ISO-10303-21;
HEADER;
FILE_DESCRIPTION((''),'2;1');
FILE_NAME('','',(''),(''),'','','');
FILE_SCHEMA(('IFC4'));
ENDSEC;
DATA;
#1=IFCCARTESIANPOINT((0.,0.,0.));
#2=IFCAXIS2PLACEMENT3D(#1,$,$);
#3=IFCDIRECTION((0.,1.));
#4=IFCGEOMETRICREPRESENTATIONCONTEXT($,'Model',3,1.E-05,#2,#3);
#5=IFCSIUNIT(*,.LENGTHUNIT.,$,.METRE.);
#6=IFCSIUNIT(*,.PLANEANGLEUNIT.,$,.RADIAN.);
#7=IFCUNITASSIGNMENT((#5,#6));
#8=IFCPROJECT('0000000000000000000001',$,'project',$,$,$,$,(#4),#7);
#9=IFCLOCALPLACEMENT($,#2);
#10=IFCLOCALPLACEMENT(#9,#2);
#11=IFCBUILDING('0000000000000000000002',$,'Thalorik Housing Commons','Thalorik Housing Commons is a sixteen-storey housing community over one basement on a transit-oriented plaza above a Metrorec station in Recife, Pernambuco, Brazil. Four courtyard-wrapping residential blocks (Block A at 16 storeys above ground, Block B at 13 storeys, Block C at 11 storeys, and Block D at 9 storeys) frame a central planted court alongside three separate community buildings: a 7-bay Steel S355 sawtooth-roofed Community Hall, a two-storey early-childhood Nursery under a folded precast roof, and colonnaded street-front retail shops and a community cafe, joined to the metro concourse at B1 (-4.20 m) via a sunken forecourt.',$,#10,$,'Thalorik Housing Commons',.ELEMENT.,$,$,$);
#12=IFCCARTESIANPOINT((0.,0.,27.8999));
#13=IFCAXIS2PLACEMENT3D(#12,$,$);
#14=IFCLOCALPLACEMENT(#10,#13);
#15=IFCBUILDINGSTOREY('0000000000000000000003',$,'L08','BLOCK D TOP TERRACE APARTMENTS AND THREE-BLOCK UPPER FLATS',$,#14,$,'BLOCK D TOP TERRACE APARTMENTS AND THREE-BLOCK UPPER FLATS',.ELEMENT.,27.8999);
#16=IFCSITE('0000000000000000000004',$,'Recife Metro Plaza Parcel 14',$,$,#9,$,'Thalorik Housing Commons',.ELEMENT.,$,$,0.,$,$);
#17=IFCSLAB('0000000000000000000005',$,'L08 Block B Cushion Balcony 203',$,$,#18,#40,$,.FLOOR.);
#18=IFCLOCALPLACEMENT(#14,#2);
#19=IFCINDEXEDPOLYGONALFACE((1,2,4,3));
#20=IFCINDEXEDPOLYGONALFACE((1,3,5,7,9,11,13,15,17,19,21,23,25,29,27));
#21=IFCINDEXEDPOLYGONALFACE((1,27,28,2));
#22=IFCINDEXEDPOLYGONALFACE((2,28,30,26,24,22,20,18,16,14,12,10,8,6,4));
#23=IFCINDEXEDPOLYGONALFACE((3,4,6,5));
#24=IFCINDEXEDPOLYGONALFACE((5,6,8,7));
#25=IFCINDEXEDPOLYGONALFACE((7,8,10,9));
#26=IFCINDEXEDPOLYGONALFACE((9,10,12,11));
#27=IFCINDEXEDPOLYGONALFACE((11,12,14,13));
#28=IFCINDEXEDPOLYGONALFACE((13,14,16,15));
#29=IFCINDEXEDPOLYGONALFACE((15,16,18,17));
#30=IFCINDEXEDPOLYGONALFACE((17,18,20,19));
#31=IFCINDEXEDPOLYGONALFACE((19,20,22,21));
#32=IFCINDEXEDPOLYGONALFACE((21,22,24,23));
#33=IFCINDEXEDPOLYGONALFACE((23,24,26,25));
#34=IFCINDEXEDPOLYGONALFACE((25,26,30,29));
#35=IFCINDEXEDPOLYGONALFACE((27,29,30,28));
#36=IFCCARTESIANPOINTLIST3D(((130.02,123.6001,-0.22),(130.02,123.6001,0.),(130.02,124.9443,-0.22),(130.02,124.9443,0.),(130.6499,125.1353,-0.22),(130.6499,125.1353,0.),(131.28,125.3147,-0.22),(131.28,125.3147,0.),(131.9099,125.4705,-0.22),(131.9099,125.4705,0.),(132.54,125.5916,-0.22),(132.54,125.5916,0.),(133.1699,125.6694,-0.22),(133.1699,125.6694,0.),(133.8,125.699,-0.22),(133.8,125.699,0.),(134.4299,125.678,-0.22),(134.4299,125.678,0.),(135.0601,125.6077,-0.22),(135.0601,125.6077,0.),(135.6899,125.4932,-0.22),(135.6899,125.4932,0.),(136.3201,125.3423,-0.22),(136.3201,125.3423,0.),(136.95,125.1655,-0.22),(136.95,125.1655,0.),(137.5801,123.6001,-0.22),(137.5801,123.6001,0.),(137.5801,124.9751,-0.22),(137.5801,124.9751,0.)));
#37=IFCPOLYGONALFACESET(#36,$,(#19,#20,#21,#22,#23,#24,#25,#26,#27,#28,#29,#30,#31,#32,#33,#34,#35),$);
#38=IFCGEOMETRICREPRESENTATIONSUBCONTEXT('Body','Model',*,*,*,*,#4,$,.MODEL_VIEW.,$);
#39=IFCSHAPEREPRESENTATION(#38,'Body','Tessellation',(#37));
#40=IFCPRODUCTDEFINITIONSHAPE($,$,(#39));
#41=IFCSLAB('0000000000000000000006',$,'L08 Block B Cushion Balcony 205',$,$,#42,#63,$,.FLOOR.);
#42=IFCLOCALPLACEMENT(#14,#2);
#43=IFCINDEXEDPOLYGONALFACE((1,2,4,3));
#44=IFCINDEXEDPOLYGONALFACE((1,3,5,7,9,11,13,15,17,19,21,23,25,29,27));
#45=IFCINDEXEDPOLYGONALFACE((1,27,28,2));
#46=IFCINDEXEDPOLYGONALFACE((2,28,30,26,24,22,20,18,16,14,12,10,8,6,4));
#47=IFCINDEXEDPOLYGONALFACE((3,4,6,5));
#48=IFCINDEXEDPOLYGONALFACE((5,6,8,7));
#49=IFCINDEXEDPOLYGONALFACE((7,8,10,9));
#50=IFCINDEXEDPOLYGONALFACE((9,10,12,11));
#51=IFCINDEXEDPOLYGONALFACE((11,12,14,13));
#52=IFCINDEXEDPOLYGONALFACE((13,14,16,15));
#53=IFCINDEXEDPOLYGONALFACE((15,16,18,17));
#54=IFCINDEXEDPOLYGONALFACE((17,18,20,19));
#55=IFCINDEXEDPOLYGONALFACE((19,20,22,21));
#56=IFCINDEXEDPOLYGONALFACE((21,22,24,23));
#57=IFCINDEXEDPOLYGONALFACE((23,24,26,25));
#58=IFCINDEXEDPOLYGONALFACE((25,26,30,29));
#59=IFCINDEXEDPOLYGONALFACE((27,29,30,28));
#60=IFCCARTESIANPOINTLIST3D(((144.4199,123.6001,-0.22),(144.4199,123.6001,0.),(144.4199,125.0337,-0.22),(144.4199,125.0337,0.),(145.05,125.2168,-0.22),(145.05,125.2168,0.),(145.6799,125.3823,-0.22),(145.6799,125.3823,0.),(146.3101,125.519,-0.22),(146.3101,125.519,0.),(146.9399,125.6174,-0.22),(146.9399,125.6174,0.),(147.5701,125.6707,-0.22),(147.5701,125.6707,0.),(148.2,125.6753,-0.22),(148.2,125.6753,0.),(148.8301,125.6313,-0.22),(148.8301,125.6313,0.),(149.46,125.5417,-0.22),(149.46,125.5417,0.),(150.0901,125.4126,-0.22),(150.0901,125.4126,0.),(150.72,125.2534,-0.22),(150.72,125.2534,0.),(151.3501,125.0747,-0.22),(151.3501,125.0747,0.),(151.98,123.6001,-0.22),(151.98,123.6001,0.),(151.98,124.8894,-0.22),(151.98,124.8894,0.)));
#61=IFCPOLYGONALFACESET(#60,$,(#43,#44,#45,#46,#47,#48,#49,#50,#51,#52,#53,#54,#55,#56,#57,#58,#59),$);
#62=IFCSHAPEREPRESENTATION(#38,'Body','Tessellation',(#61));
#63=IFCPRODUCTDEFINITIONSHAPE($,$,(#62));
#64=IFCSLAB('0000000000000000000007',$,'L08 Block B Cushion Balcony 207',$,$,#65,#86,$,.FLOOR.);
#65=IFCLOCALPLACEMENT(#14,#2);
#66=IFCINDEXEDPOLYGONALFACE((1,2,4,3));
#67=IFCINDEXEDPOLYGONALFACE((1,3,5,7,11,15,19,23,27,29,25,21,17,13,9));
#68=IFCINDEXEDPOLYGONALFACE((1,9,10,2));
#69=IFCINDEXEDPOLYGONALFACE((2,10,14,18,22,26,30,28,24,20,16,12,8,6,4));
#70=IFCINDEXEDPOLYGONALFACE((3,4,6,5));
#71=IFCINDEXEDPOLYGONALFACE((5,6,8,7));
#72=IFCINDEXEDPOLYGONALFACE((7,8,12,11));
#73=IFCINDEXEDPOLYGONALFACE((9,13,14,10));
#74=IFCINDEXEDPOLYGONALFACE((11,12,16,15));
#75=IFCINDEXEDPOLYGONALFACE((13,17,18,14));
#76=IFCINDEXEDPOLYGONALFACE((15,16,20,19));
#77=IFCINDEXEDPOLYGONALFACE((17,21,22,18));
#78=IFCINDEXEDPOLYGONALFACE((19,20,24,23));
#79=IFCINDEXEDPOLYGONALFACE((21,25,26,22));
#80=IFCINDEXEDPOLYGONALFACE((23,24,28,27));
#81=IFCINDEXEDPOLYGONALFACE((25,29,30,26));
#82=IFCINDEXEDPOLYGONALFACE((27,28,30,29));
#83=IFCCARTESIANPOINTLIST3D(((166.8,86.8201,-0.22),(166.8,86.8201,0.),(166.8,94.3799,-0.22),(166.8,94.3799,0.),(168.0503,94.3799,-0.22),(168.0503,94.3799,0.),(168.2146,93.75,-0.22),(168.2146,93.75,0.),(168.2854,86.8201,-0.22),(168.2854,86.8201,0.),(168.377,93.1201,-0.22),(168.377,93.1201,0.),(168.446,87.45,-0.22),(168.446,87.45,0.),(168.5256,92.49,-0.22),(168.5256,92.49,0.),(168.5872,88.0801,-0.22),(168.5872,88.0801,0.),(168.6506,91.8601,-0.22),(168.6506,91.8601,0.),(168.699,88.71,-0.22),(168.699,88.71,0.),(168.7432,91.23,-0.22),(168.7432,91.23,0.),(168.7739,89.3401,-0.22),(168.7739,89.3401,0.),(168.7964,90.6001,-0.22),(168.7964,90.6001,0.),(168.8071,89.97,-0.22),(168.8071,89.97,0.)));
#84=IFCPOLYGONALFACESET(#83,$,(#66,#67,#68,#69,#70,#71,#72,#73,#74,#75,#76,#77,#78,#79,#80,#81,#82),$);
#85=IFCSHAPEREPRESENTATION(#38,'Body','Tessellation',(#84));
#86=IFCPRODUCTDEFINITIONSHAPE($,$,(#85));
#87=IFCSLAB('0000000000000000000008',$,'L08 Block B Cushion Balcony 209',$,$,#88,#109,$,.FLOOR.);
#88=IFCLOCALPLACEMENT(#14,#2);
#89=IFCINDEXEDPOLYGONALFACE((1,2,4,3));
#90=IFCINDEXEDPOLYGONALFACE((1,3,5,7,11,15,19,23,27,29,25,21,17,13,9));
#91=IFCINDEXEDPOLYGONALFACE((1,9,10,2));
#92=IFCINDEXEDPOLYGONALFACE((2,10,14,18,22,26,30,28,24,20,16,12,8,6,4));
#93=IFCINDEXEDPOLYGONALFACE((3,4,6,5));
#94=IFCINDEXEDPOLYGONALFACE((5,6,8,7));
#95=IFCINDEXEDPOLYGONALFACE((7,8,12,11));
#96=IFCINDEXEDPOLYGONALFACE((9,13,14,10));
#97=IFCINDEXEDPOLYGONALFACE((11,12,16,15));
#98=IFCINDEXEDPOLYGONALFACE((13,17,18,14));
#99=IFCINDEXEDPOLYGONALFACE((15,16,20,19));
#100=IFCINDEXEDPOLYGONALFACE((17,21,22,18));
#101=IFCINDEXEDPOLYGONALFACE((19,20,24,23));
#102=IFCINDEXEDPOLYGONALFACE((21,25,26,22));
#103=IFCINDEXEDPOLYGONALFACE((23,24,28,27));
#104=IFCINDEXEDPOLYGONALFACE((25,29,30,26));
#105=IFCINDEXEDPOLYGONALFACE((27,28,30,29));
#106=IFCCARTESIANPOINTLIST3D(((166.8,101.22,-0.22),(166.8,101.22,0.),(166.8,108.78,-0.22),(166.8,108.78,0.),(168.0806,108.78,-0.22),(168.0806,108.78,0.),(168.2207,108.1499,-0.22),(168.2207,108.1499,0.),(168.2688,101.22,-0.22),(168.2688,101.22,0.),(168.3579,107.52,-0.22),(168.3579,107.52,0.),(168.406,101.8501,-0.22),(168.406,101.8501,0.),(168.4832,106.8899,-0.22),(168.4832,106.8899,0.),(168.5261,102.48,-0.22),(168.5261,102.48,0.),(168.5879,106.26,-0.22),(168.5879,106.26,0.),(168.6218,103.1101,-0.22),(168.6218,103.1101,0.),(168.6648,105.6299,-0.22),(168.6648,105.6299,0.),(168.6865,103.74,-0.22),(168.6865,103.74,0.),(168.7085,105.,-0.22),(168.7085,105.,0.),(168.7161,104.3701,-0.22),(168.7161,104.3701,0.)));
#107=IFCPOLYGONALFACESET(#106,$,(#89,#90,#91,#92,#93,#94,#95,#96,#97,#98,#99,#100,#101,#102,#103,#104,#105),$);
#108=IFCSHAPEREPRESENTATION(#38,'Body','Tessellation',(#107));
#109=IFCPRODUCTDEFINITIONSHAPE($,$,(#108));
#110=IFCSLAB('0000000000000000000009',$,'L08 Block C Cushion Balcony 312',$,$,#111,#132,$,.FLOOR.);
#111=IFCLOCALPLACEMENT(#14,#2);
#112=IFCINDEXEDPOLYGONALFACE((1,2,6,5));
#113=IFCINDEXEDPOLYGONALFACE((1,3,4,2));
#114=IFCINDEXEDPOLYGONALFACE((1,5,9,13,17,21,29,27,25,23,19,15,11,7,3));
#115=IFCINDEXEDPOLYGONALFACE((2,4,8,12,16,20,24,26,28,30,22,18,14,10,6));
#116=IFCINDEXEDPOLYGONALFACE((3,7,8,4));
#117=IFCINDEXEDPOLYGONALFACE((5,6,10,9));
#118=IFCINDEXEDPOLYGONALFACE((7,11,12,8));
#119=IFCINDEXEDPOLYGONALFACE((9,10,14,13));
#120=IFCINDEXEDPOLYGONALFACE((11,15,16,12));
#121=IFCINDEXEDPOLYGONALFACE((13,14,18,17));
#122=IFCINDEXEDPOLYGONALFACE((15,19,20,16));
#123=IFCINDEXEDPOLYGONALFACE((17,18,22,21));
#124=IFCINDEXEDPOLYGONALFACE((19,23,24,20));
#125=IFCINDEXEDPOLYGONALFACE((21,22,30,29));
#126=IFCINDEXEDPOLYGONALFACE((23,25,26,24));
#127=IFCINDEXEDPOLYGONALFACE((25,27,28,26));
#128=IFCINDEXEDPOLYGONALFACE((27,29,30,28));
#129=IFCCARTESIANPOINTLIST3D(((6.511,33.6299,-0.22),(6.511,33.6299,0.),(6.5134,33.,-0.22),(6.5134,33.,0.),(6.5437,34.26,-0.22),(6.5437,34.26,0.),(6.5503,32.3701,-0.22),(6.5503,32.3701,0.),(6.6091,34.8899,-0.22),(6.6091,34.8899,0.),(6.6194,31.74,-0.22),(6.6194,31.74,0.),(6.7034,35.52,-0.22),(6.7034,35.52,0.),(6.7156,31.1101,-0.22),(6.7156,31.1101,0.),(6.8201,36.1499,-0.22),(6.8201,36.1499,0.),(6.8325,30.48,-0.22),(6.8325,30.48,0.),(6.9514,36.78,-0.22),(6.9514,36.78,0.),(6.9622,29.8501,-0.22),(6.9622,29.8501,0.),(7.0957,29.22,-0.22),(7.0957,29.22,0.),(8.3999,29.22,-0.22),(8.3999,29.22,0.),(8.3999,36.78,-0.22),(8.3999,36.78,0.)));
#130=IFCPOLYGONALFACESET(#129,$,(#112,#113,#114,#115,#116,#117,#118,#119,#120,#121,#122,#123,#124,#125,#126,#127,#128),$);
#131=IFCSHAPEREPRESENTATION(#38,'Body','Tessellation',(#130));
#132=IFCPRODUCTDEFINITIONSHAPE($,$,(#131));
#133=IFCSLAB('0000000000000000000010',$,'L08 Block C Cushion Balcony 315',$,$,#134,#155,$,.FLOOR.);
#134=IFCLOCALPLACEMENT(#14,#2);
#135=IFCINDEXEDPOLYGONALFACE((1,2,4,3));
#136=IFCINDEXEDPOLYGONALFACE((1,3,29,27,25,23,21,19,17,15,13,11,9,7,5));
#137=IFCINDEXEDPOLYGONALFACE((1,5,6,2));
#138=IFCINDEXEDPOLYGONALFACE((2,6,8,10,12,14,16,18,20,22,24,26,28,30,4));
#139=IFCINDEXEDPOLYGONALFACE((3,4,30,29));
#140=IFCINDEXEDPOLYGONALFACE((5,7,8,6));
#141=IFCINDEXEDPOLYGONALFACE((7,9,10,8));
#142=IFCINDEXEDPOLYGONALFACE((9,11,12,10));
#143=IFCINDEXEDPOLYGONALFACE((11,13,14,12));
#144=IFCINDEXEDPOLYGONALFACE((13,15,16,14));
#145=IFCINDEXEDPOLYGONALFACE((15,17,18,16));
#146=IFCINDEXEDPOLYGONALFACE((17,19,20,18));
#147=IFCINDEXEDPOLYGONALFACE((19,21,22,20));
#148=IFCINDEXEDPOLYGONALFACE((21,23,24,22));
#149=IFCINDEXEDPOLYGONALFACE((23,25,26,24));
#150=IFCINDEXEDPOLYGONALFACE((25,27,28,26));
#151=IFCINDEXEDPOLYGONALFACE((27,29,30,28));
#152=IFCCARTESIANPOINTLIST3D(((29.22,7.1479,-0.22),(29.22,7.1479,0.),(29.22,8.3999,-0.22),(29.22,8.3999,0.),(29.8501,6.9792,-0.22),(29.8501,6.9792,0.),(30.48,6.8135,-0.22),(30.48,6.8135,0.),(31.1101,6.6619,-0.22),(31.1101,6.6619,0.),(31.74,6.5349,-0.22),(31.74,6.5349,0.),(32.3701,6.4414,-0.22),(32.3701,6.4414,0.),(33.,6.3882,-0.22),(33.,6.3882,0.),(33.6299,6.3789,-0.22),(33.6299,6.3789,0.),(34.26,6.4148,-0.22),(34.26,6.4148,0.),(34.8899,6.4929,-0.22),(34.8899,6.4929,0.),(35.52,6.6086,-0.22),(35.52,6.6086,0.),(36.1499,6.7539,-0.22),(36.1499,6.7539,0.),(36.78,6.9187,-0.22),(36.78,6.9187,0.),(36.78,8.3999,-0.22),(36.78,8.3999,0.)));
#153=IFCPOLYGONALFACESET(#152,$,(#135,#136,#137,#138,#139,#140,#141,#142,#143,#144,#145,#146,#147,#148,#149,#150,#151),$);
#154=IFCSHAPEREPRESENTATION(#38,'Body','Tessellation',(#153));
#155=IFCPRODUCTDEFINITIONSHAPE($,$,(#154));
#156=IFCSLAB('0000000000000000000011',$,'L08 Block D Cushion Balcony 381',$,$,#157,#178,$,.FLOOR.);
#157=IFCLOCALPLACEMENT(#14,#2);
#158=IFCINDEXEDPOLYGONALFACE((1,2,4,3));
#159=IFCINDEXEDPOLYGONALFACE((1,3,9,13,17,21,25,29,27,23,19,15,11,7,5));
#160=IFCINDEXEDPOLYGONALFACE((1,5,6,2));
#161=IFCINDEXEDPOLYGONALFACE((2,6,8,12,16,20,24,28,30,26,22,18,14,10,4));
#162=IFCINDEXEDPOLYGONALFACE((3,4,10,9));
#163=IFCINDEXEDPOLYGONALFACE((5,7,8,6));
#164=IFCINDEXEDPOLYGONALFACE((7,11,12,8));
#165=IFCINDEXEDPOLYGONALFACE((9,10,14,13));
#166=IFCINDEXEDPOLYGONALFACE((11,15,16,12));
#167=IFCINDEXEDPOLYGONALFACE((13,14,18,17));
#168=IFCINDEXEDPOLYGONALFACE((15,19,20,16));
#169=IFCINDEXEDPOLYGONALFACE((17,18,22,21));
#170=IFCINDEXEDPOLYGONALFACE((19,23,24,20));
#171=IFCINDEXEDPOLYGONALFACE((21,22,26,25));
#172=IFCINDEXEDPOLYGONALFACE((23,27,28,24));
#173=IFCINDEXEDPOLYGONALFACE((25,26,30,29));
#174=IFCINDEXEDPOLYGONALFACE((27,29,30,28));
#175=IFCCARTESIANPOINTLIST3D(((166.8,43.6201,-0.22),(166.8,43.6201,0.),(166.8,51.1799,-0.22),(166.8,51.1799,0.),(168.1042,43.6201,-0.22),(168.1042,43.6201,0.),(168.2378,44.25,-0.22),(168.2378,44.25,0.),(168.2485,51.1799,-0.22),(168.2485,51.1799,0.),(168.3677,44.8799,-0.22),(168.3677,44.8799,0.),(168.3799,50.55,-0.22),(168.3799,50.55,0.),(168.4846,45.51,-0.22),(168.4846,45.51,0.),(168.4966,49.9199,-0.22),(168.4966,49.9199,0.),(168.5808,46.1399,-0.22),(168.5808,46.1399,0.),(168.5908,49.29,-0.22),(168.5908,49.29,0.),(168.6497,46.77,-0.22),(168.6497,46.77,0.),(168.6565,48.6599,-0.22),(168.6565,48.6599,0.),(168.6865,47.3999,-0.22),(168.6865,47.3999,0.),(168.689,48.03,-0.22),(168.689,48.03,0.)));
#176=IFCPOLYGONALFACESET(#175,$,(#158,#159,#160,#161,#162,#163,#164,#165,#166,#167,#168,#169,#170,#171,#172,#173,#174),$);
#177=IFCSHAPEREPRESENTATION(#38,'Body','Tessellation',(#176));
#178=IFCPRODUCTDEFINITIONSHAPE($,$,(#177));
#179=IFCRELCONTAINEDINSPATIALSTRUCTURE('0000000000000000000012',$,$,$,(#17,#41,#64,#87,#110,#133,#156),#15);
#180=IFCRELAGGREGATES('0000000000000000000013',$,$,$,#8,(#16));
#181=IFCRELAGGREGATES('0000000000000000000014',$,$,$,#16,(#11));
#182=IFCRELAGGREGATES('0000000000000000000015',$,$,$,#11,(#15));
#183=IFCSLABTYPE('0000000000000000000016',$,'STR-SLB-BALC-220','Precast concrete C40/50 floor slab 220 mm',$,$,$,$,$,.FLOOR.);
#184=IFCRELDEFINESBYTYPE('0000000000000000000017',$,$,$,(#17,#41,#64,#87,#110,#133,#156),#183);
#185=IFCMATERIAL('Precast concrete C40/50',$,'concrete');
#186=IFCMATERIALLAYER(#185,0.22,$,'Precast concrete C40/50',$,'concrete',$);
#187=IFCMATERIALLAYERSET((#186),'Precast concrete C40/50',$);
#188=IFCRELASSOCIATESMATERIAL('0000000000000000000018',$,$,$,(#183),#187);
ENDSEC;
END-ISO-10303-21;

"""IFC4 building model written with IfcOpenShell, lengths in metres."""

from ifc_helpers import new_model, si_unit, direction, frame, origin, place, context, subcontext, project, spatial, polyline, outline, extrude, material, layer, layer_set, type_object, element, save


model = new_model("IFC4")

# Units and contexts
model_context = context("Model", 3, precision=1e-05, world=origin(), true_north=direction((0.0, 1.0)))
body_context = subcontext(model_context, "Body", "Model", "MODEL_VIEW")
ifc_project = project(units=[si_unit("LENGTHUNIT", "METRE"), si_unit("PLANEANGLEUNIT", "RADIAN")], contexts=[model_context])

# Site, building, storey
site_placement = place(None, origin())
site = spatial("IfcSite", under=ifc_project, at=site_placement, Name="Recife Metro Plaza Parcel 14", LongName="Thalorik Housing Commons", CompositionType="ELEMENT", RefElevation=0.0)
building_placement = place(site_placement, origin())
building = spatial("IfcBuilding", under=site, at=building_placement, Name="Thalorik Housing Commons", Description="Thalorik Housing Commons is a sixteen-storey housing community over one basement on a transit-oriented plaza above a Metrorec station in Recife, Pernambuco, Brazil. Four courtyard-wrapping residential blocks (Block A at 16 storeys above ground, Block B at 13 storeys, Block C at 11 storeys, and Block D at 9 storeys) frame a central planted court alongside three separate community buildings: a 7-bay Steel S355 sawtooth-roofed Community Hall, a two-storey early-childhood Nursery under a folded precast roof, and colonnaded street-front retail shops and a community cafe, joined to the metro concourse at B1 (-4.20 m) via a sunken forecourt.", LongName="Thalorik Housing Commons", CompositionType="ELEMENT")
storey_placement = place(building_placement, frame((0.0, 0.0, 27.8999)))
storey = spatial("IfcBuildingStorey", under=building, at=storey_placement, Name="L08", Description="BLOCK D TOP TERRACE APARTMENTS AND THREE-BLOCK UPPER FLATS", LongName="BLOCK D TOP TERRACE APARTMENTS AND THREE-BLOCK UPPER FLATS", CompositionType="ELEMENT", Elevation=27.8999)

# Slabs
ifc_material_1 = material(Name="Precast concrete C40/50", Category="concrete")
ifc_layer_1 = layer(ifc_material_1, 0.22, Name="Precast concrete C40/50", Category="concrete")
ifc_layer_set_1 = layer_set([ifc_layer_1], Name="Precast concrete C40/50")
slab_type_1 = type_object("IfcSlabType", Name="STR-SLB-BALC-220", Description="Precast concrete C40/50 floor slab 220 mm", PredefinedType="FLOOR", material=ifc_layer_set_1)
slab_1_placement = place(storey_placement, frame((0.0, 0.0, -0.22)))
element("IfcSlab", 1, at=slab_1_placement, inside=storey, type_object=slab_type_1, Name="L08 Block B Cushion Balcony 203", PredefinedType="FLOOR", context=body_context, shape_type="SweptSolid", body=[
    extrude(outline(polyline([(130.02, 123.6001), (137.5801, 123.6001), (137.5801, 124.9751), (136.95, 125.1655), (136.3201, 125.3423), (135.6899, 125.4932), (135.0601, 125.6077), (134.4299, 125.678), (133.8, 125.699), (133.1699, 125.6694), (132.54, 125.5916), (131.9099, 125.4705), (131.28, 125.3147), (130.6499, 125.1353), (130.02, 124.9443), (130.02, 123.6001)])), origin(), (0.0, 0.0, 1.0), 0.22),
])
slab_2_placement = place(storey_placement, frame((0.0, 0.0, -0.22)))
element("IfcSlab", 2, at=slab_2_placement, inside=storey, type_object=slab_type_1, Name="L08 Block B Cushion Balcony 205", PredefinedType="FLOOR", context=body_context, shape_type="SweptSolid", body=[
    extrude(outline(polyline([(144.4199, 123.6001), (151.98, 123.6001), (151.98, 124.8894), (151.3501, 125.0747), (150.72, 125.2534), (150.0901, 125.4126), (149.46, 125.5417), (148.8301, 125.6313), (148.2, 125.6753), (147.5701, 125.6707), (146.9399, 125.6174), (146.3101, 125.519), (145.6799, 125.3823), (145.05, 125.2168), (144.4199, 125.0337), (144.4199, 123.6001)])), origin(), (0.0, 0.0, 1.0), 0.22),
])
slab_3_placement = place(storey_placement, frame((0.0, 0.0, -0.22)))
element("IfcSlab", 3, at=slab_3_placement, inside=storey, type_object=slab_type_1, Name="L08 Block B Cushion Balcony 207", PredefinedType="FLOOR", context=body_context, shape_type="SweptSolid", body=[
    extrude(outline(polyline([(168.2854, 86.8201), (168.446, 87.45), (168.5872, 88.0801), (168.699, 88.71), (168.7739, 89.3401), (168.8071, 89.97), (168.7964, 90.6001), (168.7432, 91.23), (168.6506, 91.8601), (168.5256, 92.49), (168.377, 93.1201), (168.2146, 93.75), (168.0503, 94.3799), (166.8, 94.3799), (166.8, 86.8201), (168.2854, 86.8201)])), origin(), (0.0, 0.0, 1.0), 0.22),
])
slab_4_placement = place(storey_placement, frame((0.0, 0.0, -0.22)))
element("IfcSlab", 4, at=slab_4_placement, inside=storey, type_object=slab_type_1, Name="L08 Block B Cushion Balcony 209", PredefinedType="FLOOR", context=body_context, shape_type="SweptSolid", body=[
    extrude(outline(polyline([(168.2688, 101.22), (168.406, 101.8501), (168.5261, 102.48), (168.6218, 103.1101), (168.6865, 103.74), (168.7161, 104.3701), (168.7085, 105.0), (168.6648, 105.6299), (168.5879, 106.26), (168.4832, 106.8899), (168.3579, 107.52), (168.2207, 108.1499), (168.0806, 108.78), (166.8, 108.78), (166.8, 101.22), (168.2688, 101.22)])), origin(), (0.0, 0.0, 1.0), 0.22),
])
slab_5_placement = place(storey_placement, frame((0.0, 0.0, -0.22)))
element("IfcSlab", 5, at=slab_5_placement, inside=storey, type_object=slab_type_1, Name="L08 Block C Cushion Balcony 312", PredefinedType="FLOOR", context=body_context, shape_type="SweptSolid", body=[
    extrude(outline(polyline([(8.3999, 29.22), (8.3999, 36.78), (6.9514, 36.78), (6.8201, 36.1499), (6.7034, 35.52), (6.6091, 34.8899), (6.5437, 34.26), (6.511, 33.6299), (6.5134, 33.0), (6.5503, 32.3701), (6.6194, 31.74), (6.7156, 31.1101), (6.8325, 30.48), (6.9622, 29.8501), (7.0957, 29.22), (8.3999, 29.22)])), origin(), (0.0, 0.0, 1.0), 0.22),
])
slab_6_placement = place(storey_placement, frame((0.0, 0.0, -0.22)))
element("IfcSlab", 6, at=slab_6_placement, inside=storey, type_object=slab_type_1, Name="L08 Block C Cushion Balcony 315", PredefinedType="FLOOR", context=body_context, shape_type="SweptSolid", body=[
    extrude(outline(polyline([(29.22, 7.1479), (29.8501, 6.9792), (30.48, 6.8135), (31.1101, 6.6619), (31.74, 6.5349), (32.3701, 6.4414), (33.0, 6.3882), (33.6299, 6.3789), (34.26, 6.4148), (34.8899, 6.4929), (35.52, 6.6086), (36.1499, 6.7539), (36.78, 6.9187), (36.78, 8.3999), (29.22, 8.3999), (29.22, 7.1479)])), origin(), (0.0, 0.0, 1.0), 0.22),
])
slab_7_placement = place(storey_placement, frame((0.0, 0.0, -0.22)))
element("IfcSlab", 7, at=slab_7_placement, inside=storey, type_object=slab_type_1, Name="L08 Block D Cushion Balcony 381", PredefinedType="FLOOR", context=body_context, shape_type="SweptSolid", body=[
    extrude(outline(polyline([(168.1042, 43.6201), (168.2378, 44.25), (168.3677, 44.8799), (168.4846, 45.51), (168.5808, 46.1399), (168.6497, 46.77), (168.6865, 47.3999), (168.689, 48.03), (168.6565, 48.6599), (168.5908, 49.29), (168.4966, 49.9199), (168.3799, 50.55), (168.2485, 51.1799), (166.8, 51.1799), (166.8, 43.6201), (168.1042, 43.6201)])), origin(), (0.0, 0.0, 1.0), 0.22),
])

save(model, "model.ifc")
